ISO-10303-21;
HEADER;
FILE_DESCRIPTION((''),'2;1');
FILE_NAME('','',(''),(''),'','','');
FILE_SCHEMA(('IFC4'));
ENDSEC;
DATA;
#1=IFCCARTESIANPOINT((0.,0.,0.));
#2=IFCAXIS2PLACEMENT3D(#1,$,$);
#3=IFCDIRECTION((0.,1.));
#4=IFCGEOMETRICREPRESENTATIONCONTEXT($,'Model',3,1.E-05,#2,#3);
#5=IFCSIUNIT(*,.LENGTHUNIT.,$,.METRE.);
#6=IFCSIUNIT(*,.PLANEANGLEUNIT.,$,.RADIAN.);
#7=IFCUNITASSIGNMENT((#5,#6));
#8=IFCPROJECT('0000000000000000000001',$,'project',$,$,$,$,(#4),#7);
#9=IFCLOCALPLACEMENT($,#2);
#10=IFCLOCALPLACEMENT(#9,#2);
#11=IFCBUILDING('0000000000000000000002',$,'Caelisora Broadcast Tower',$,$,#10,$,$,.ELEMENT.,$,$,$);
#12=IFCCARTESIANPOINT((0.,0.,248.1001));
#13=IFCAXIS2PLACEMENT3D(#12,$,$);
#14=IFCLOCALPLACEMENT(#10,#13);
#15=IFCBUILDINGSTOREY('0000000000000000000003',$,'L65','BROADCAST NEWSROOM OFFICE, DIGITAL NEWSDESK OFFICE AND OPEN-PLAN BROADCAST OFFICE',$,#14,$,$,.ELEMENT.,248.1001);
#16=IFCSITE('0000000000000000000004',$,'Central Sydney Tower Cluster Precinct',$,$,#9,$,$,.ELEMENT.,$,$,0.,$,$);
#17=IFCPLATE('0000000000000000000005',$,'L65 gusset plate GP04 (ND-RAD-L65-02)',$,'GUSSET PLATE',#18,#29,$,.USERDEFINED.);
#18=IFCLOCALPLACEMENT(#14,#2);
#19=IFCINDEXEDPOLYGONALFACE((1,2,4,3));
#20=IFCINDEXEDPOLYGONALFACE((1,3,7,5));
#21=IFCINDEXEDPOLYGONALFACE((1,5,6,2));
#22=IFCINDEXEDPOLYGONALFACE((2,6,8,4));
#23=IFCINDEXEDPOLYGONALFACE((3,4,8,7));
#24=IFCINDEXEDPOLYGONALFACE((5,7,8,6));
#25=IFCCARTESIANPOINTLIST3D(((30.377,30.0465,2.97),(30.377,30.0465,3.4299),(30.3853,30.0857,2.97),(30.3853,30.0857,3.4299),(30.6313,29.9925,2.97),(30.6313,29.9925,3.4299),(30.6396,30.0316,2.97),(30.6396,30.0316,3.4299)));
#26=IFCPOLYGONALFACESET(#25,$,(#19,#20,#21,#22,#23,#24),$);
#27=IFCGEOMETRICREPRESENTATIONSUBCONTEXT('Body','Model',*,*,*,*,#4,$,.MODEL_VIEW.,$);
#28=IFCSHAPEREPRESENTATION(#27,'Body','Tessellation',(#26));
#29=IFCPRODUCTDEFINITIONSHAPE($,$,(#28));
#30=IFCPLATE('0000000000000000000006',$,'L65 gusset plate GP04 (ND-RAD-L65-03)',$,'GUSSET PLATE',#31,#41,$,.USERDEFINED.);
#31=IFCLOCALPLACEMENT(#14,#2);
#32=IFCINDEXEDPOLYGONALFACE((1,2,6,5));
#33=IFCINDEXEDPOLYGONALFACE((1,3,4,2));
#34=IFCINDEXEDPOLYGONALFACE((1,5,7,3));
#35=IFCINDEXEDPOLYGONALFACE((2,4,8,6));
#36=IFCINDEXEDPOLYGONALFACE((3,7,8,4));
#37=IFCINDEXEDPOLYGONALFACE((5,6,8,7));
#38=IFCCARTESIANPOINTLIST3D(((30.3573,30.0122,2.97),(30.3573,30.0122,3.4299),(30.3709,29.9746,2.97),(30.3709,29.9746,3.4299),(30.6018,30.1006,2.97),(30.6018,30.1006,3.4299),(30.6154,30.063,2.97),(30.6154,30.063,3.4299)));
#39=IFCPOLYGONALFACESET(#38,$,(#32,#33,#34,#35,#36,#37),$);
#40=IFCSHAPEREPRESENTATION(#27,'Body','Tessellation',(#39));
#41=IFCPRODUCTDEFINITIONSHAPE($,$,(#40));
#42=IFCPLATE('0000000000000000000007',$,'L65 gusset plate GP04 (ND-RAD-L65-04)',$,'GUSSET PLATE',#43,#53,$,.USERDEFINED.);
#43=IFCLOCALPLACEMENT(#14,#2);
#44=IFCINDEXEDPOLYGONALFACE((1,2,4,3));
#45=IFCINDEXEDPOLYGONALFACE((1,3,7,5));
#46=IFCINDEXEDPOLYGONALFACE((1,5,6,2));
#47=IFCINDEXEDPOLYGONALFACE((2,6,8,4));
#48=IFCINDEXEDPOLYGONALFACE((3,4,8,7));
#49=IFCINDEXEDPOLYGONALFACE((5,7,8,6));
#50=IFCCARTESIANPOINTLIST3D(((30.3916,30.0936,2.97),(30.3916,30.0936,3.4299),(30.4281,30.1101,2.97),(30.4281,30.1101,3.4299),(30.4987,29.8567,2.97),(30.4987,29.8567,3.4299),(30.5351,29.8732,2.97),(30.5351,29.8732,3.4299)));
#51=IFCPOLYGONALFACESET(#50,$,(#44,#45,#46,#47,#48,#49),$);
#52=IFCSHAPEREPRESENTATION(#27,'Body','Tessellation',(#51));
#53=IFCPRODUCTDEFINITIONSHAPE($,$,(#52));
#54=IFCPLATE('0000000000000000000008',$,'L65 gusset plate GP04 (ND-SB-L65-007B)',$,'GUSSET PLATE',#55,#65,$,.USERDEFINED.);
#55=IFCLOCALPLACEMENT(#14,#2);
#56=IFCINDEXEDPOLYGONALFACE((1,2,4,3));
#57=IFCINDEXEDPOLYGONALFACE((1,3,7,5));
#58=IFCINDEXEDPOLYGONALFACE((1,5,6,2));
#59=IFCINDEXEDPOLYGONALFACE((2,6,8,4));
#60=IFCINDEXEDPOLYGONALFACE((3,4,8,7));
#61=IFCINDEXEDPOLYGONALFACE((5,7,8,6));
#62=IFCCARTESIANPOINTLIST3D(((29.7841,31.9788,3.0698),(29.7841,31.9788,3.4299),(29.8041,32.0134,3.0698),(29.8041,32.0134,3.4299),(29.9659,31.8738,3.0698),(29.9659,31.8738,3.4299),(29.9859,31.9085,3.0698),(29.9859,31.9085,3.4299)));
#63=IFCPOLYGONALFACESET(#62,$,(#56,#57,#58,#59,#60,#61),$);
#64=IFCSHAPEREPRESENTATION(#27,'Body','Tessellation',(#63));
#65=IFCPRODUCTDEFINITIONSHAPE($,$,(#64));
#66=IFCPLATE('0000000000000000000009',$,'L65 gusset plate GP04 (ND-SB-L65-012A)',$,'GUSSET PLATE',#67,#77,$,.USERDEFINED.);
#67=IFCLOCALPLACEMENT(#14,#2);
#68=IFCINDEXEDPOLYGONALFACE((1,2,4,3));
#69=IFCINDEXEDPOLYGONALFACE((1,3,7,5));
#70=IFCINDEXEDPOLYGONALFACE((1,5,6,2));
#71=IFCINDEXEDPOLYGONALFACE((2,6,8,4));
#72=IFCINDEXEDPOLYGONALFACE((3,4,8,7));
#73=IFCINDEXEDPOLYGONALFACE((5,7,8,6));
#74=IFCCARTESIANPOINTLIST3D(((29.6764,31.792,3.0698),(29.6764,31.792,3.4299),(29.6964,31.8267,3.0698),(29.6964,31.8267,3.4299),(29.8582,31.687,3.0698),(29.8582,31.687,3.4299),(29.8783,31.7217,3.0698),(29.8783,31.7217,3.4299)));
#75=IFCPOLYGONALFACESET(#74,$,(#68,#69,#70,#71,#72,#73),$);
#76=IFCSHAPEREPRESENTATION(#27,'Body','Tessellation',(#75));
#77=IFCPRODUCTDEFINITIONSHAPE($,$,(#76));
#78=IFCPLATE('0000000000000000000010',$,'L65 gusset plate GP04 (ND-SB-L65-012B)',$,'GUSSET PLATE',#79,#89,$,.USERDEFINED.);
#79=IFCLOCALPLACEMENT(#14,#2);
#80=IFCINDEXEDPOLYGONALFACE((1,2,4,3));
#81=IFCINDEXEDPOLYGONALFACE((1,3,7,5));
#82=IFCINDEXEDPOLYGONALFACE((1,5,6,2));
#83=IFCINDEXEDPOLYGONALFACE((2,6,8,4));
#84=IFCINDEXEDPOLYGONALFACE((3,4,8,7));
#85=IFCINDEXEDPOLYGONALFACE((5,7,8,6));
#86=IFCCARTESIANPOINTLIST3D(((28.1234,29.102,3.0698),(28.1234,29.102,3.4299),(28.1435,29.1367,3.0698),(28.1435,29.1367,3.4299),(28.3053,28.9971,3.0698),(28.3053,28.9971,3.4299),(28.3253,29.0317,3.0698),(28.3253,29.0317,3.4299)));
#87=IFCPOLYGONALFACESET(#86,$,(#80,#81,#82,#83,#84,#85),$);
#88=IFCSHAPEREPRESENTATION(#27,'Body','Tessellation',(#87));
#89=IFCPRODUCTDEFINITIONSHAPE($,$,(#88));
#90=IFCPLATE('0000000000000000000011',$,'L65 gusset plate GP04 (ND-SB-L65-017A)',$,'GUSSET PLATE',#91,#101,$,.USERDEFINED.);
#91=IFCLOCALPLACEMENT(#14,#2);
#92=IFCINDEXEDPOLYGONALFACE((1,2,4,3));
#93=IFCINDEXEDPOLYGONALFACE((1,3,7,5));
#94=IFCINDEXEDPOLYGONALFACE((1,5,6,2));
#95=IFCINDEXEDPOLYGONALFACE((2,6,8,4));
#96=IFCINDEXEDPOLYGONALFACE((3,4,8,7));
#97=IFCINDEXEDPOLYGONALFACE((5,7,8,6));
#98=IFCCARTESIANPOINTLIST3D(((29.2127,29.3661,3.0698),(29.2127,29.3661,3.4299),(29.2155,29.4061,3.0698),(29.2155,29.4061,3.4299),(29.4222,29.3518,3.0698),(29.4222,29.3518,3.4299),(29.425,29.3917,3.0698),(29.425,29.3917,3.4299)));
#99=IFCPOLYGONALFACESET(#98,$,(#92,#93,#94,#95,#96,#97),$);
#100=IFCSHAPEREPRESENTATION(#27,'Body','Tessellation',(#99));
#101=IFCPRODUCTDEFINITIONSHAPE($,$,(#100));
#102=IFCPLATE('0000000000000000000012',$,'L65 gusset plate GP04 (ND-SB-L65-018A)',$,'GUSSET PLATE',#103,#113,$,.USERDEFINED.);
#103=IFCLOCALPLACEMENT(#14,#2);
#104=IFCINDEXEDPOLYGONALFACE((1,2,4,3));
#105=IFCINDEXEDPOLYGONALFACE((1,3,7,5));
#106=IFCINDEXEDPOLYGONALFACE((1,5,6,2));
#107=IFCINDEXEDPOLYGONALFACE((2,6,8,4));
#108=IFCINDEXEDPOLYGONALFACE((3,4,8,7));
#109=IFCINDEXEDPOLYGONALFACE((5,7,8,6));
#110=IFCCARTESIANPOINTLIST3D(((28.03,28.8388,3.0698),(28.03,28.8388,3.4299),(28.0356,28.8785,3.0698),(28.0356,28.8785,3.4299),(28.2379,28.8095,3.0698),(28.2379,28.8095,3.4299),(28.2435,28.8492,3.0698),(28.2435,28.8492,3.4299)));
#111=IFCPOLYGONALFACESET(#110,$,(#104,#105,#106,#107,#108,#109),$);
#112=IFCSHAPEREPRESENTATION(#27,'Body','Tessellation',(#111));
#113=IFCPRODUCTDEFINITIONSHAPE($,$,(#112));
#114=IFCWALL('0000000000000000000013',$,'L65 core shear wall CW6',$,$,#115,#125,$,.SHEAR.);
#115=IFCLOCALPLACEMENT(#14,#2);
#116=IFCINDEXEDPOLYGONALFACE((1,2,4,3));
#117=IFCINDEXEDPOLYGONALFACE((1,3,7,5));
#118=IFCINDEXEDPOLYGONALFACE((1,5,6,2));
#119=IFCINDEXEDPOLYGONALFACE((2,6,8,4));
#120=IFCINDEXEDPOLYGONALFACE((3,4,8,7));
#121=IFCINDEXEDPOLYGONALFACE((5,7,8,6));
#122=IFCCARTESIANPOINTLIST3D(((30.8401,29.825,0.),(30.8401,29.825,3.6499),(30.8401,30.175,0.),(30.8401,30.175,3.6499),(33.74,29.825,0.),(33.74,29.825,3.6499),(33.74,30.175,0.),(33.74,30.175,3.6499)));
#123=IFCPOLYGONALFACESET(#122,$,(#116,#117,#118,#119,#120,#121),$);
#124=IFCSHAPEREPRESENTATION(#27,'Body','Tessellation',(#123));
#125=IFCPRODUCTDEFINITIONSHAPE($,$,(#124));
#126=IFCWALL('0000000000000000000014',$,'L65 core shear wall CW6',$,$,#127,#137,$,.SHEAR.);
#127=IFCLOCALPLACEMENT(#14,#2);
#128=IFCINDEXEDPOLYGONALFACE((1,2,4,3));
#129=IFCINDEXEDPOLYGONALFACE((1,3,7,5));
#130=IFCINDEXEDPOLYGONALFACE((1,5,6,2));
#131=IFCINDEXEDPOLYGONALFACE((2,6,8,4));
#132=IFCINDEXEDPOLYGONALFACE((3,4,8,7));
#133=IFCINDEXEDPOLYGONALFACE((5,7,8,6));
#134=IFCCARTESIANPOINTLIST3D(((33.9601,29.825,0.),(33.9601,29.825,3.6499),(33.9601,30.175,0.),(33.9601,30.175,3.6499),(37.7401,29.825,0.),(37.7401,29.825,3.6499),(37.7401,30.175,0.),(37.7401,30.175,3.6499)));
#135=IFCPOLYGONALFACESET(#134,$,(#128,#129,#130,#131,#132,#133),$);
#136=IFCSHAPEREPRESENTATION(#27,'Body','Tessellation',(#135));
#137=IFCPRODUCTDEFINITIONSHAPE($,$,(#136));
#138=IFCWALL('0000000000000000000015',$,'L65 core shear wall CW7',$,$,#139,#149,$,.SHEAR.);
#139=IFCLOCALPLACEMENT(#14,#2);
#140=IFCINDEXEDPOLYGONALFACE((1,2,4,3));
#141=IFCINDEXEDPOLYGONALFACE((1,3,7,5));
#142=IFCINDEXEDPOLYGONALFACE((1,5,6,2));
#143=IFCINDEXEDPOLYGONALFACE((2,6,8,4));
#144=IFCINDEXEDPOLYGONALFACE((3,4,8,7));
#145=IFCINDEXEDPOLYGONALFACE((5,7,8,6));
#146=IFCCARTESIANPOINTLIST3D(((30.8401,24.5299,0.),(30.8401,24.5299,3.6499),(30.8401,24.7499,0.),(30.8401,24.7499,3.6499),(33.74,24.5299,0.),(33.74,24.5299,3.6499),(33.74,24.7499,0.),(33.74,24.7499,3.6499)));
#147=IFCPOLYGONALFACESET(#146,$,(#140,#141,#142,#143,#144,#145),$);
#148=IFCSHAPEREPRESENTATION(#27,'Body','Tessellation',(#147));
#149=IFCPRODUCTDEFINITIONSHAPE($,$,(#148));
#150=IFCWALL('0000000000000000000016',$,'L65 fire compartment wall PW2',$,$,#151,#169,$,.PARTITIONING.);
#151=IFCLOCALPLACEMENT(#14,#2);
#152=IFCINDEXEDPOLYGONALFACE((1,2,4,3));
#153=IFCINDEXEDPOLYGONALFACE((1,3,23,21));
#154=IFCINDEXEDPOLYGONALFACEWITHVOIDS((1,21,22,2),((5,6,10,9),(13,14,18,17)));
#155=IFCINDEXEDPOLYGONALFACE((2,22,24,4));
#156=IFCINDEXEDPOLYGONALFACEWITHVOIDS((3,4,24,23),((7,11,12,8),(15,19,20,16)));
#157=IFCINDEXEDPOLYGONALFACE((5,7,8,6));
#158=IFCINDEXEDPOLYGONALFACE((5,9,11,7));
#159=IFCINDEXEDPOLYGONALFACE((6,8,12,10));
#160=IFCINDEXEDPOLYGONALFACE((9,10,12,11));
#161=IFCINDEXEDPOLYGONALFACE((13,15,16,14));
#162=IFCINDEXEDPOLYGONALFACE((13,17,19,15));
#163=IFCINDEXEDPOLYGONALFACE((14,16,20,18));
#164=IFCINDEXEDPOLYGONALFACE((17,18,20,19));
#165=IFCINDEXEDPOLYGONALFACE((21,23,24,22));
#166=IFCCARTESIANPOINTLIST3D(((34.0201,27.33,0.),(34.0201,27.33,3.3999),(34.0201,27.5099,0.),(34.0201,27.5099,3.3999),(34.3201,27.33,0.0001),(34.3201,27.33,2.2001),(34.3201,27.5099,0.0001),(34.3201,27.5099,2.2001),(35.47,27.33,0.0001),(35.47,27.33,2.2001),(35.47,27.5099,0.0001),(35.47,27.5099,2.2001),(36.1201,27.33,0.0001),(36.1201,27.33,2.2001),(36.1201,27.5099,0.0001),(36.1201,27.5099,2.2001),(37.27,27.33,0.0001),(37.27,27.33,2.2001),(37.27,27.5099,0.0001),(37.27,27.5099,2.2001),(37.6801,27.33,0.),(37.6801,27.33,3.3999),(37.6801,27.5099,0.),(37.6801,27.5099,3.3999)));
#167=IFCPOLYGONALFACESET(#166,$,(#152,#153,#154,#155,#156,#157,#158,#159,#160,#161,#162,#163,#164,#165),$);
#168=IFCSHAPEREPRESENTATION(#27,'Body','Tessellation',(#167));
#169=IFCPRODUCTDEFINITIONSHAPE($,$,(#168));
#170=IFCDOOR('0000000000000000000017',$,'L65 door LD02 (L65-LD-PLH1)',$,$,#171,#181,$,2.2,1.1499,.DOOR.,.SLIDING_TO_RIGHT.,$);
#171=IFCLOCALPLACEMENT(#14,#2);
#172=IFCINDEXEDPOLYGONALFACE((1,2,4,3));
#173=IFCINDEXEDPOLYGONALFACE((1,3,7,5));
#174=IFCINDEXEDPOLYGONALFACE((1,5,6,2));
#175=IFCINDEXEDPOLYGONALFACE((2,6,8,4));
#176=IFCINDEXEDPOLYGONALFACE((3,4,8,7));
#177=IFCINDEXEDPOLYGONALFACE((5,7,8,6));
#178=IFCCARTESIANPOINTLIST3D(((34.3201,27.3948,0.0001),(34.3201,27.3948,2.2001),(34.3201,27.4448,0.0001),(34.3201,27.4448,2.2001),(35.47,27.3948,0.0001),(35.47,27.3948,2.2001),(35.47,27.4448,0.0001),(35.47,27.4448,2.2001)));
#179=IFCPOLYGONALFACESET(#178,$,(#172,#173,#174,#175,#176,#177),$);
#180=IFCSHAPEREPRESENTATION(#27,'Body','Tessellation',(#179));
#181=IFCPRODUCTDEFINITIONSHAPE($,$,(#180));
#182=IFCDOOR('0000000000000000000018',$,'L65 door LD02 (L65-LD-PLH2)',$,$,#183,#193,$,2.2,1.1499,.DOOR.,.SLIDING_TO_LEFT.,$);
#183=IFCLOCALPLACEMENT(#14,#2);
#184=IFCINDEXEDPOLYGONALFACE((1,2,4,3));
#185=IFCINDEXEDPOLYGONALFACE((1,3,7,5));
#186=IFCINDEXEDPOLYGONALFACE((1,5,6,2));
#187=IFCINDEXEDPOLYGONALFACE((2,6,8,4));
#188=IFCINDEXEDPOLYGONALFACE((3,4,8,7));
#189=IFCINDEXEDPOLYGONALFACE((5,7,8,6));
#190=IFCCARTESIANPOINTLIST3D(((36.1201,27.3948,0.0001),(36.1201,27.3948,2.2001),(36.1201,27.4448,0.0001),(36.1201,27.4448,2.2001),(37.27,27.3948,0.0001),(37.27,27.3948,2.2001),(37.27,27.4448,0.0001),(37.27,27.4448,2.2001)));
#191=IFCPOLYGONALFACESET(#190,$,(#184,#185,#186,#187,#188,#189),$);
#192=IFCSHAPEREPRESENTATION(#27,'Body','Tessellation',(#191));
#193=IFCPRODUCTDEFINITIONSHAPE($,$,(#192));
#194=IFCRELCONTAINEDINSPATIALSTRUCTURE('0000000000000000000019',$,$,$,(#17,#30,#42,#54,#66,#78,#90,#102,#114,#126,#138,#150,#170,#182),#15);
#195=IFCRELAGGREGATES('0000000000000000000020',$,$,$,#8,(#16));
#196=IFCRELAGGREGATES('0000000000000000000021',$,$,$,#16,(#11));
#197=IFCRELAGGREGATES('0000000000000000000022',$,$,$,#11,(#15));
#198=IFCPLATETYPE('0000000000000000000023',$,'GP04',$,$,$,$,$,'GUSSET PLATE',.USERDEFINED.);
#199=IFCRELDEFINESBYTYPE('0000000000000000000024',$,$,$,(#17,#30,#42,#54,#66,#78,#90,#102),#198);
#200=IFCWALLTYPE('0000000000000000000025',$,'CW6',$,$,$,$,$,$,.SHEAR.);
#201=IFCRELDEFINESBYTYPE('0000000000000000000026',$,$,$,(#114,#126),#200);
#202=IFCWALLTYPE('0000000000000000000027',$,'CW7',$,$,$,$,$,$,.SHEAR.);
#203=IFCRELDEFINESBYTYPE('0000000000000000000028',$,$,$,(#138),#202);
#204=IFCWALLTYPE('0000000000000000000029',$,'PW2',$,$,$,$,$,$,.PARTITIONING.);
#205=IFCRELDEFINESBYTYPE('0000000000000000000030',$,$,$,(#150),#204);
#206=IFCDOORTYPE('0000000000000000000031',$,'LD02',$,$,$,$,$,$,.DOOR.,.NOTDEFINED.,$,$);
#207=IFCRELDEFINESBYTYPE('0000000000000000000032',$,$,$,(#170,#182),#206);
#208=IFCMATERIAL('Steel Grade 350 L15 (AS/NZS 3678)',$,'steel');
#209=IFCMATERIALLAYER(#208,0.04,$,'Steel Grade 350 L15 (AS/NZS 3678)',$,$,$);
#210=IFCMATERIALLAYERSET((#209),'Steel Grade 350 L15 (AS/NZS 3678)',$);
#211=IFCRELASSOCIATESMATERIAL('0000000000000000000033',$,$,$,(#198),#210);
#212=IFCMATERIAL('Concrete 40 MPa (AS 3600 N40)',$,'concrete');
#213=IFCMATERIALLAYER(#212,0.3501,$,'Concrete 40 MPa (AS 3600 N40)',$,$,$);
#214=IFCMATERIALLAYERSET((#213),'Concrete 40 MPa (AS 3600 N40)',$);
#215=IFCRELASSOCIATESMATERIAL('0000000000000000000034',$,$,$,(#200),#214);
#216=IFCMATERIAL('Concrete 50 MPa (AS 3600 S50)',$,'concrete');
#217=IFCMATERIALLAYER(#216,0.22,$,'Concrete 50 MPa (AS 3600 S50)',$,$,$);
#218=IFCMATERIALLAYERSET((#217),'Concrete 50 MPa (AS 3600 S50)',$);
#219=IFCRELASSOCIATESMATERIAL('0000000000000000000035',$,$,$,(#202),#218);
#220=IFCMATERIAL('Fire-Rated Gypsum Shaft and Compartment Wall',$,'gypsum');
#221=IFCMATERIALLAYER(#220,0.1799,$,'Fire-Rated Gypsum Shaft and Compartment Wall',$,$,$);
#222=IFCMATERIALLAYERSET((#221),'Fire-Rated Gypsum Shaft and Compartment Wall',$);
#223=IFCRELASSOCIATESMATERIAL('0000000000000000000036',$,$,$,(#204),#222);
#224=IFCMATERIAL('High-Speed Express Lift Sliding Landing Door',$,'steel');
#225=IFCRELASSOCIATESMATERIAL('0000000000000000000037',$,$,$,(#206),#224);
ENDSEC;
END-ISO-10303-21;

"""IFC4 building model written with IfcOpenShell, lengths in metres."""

from ifc_helpers import new_model, si_unit, direction, frame, frame_2d, origin, origin_2d, place, context, subcontext, project, spatial, rectangle, extrude, source, transform, mapped, material, layer, layer_set, type_object, type_shapes, element, fill, save


model = new_model("IFC4")

# Units and contexts
model_context = context("Model", 3, precision=1e-05, world=origin(), true_north=direction((0.0, 1.0)))
body_context = subcontext(model_context, "Body", "Model", "MODEL_VIEW")
ifc_project = project(units=[si_unit("LENGTHUNIT", "METRE"), si_unit("PLANEANGLEUNIT", "RADIAN")], contexts=[model_context])

# Site, building, storey
site_placement = place(None, origin())
site = spatial("IfcSite", under=ifc_project, at=site_placement, Name="Central Sydney Tower Cluster Precinct", CompositionType="ELEMENT", RefElevation=0.0)
building_placement = place(site_placement, origin())
building = spatial("IfcBuilding", under=site, at=building_placement, Name="Caelisora Broadcast Tower", CompositionType="ELEMENT")
storey_placement = place(building_placement, frame((0.0, 0.0, 248.1001)))
storey = spatial("IfcBuildingStorey", under=building, at=storey_placement, Name="L65", Description="BROADCAST NEWSROOM OFFICE, DIGITAL NEWSDESK OFFICE AND OPEN-PLAN BROADCAST OFFICE", CompositionType="ELEMENT", Elevation=248.1001)

# Plates
ifc_material_1 = material(Name="Steel Grade 350 L15 (AS/NZS 3678)", Category="steel")
ifc_layer_1 = layer(ifc_material_1, 0.04, Name="Steel Grade 350 L15 (AS/NZS 3678)")
ifc_layer_set_1 = layer_set([ifc_layer_1], Name="Steel Grade 350 L15 (AS/NZS 3678)")
plate_type = type_object("IfcPlateType", Name="GP04", ElementType="GUSSET PLATE", PredefinedType="USERDEFINED", material=ifc_layer_set_1)
shared_shape_1 = source(origin(), body_context, "Body", "SweptSolid", [
    extrude(rectangle(XDim=0.26, YDim=0.04, at=origin_2d()), origin(), (0.0, 0.0, 1.0), 0.46),
])
for number, where, z_axis, x_axis, name in (
    (1, (30.5083, 30.0391, 2.97), (0.0, 0.0, 1.0), (-0.978148, 0.207912, 0.0), "L65 gusset plate GP04 (ND-RAD-L65-02)"),
    (2, (30.4863, 30.0376, 2.97), (0.0, 0.0, 1.0), (-0.940466, -0.339887, 0.0), "L65 gusset plate GP04 (ND-RAD-L65-03)"),
    (3, (30.4634, 29.9834, 2.97), (0.0, 0.0, 1.0), (0.411673, -0.911331, 0.0), "L65 gusset plate GP04 (ND-RAD-L65-04)"),
):
    element("IfcPlate", number, at=place(storey_placement, frame(where, z_axis=z_axis, x_axis=x_axis)), inside=storey, type_object=plate_type, Name=name, ObjectType="GUSSET PLATE", PredefinedType="USERDEFINED", context=body_context, shape_type="MappedRepresentation", body=[
        mapped(shared_shape_1, transform((0.0, 0.0, 0.0), scale=1.0)),
    ])
shared_shape_2 = source(origin(), body_context, "Body", "SweptSolid", [
    extrude(rectangle(XDim=0.21, YDim=0.04, at=origin_2d()), origin(), (0.0, 0.0, 1.0), 0.3601),
])
type_shapes(plate_type, [shared_shape_1, shared_shape_2])
for number, where, z_axis, x_axis, name in (
    (4, (29.885, 31.9436, 3.0698), (0.0, 0.0, 1.0), (0.866025, -0.5, 0.0), "L65 gusset plate GP04 (ND-SB-L65-007B)"),
    (5, (29.7773, 31.7568, 3.0698), (0.0, 0.0, 1.0), (0.866025, -0.5, 0.0), "L65 gusset plate GP04 (ND-SB-L65-012A)"),
    (6, (28.2244, 29.0669, 3.0698), (0.0, 0.0, 1.0), (0.866025, -0.5, 0.0), "L65 gusset plate GP04 (ND-SB-L65-012B)"),
    (7, (29.3188, 29.3789, 3.0698), (0.0, 0.0, 1.0), (0.99766, -0.068364, 0.0), "L65 gusset plate GP04 (ND-SB-L65-017A)"),
    (8, (28.1367, 28.844, 3.0698), (0.0, 0.0, 1.0), (0.990195, -0.139692, 0.0), "L65 gusset plate GP04 (ND-SB-L65-018A)"),
):
    element("IfcPlate", number, at=place(storey_placement, frame(where, z_axis=z_axis, x_axis=x_axis)), inside=storey, type_object=plate_type, Name=name, ObjectType="GUSSET PLATE", PredefinedType="USERDEFINED", context=body_context, shape_type="MappedRepresentation", body=[
        mapped(shared_shape_2, transform((0.0, 0.0, 0.0), scale=1.0)),
    ])

# Walls
ifc_material_2 = material(Name="Concrete 40 MPa (AS 3600 N40)", Category="concrete")
ifc_layer_2 = layer(ifc_material_2, 0.3501, Name="Concrete 40 MPa (AS 3600 N40)")
ifc_layer_set_2 = layer_set([ifc_layer_2], Name="Concrete 40 MPa (AS 3600 N40)")
wall_type_1 = type_object("IfcWallType", Name="CW6", PredefinedType="SHEAR", material=ifc_layer_set_2)
wall_1_placement = place(storey_placement, frame((30.8401, 30.0, 0.0), z_axis=(0.0, 0.0, 1.0), x_axis=(1.0, 0.0, 0.0)))
element("IfcWall", 9, at=wall_1_placement, inside=storey, type_object=wall_type_1, Name="L65 core shear wall CW6", PredefinedType="SHEAR", context=body_context, shape_type="SweptSolid", body=[
    extrude(rectangle(XDim=2.8999, YDim=0.3501, at=frame_2d((1.45, 0.0))), origin(), (0.0, 0.0, 1.0), 3.6499),
])
wall_2_placement = place(storey_placement, frame((33.96, 30.0, 0.0), z_axis=(0.0, 0.0, 1.0), x_axis=(1.0, 0.0, 0.0)))
element("IfcWall", 10, at=wall_2_placement, inside=storey, type_object=wall_type_1, Name="L65 core shear wall CW6", PredefinedType="SHEAR", context=body_context, shape_type="SweptSolid", body=[
    extrude(rectangle(XDim=3.78, YDim=0.3501, at=frame_2d((1.8901, 0.0))), origin(), (0.0, 0.0, 1.0), 3.6499),
])
ifc_material_3 = material(Name="Concrete 50 MPa (AS 3600 S50)", Category="concrete")
ifc_layer_3 = layer(ifc_material_3, 0.22, Name="Concrete 50 MPa (AS 3600 S50)")
ifc_layer_set_3 = layer_set([ifc_layer_3], Name="Concrete 50 MPa (AS 3600 S50)")
wall_type_2 = type_object("IfcWallType", Name="CW7", PredefinedType="SHEAR", material=ifc_layer_set_3)
wall_3_placement = place(storey_placement, frame((30.8401, 24.6399, 0.0), z_axis=(0.0, 0.0, 1.0), x_axis=(1.0, 0.0, 0.0)))
element("IfcWall", 11, at=wall_3_placement, inside=storey, type_object=wall_type_2, Name="L65 core shear wall CW7", PredefinedType="SHEAR", context=body_context, shape_type="SweptSolid", body=[
    extrude(rectangle(XDim=2.8999, YDim=0.22, at=frame_2d((1.45, 0.0))), origin(), (0.0, 0.0, 1.0), 3.6499),
])

# Wall, openings, doors
ifc_material_4 = material(Name="Fire-Rated Gypsum Shaft and Compartment Wall", Category="gypsum")
ifc_layer_4 = layer(ifc_material_4, 0.1799, Name="Fire-Rated Gypsum Shaft and Compartment Wall")
ifc_layer_set_4 = layer_set([ifc_layer_4], Name="Fire-Rated Gypsum Shaft and Compartment Wall")
wall_type_3 = type_object("IfcWallType", Name="PW2", PredefinedType="PARTITIONING", material=ifc_layer_set_4)
wall_4_placement = place(storey_placement, frame((34.02, 27.4199, 0.0), z_axis=(0.0, 0.0, 1.0), x_axis=(1.0, 0.0, 0.0)))
wall_4 = element("IfcWall", 12, at=wall_4_placement, inside=storey, type_object=wall_type_3, Name="L65 fire compartment wall PW2", PredefinedType="PARTITIONING", context=body_context, shape_type="SweptSolid", body=[
    extrude(rectangle(XDim=3.6599, YDim=0.1799, at=frame_2d((1.8301, 0.0))), origin(), (0.0, 0.0, 1.0), 3.3999),
])
opening_1_placement = place(wall_4_placement, frame((0.3, 0.0, 0.0)))
opening_1 = element("IfcOpeningElement", 13, at=opening_1_placement, cuts=wall_4, PredefinedType="OPENING", context=body_context, shape_type="SweptSolid", body=[
    extrude(rectangle(XDim=1.1499, YDim=2.2, at=frame_2d((0.575, 1.1001))), frame((0.0, 0.1021, 0.0), z_axis=(0.0, -1.0, 0.0), x_axis=(1.0, 0.0, 0.0)), (0.0, 0.0, 1.0), 0.2039),
])
opening_2_placement = place(wall_4_placement, frame((2.1001, 0.0, 0.0)))
opening_2 = element("IfcOpeningElement", 14, at=opening_2_placement, cuts=wall_4, PredefinedType="OPENING", context=body_context, shape_type="SweptSolid", body=[
    extrude(rectangle(XDim=1.1499, YDim=2.2, at=frame_2d((0.575, 1.1001))), frame((0.0, 0.1021, 0.0), z_axis=(0.0, -1.0, 0.0), x_axis=(1.0, 0.0, 0.0)), (0.0, 0.0, 1.0), 0.2039),
])
ifc_material_5 = material(Name="High-Speed Express Lift Sliding Landing Door", Category="steel")
door_type = type_object("IfcDoorType", Name="LD02", OperationType="NOTDEFINED", PredefinedType="DOOR", material=ifc_material_5)
door_1_placement = place(opening_1_placement, origin())
door_1 = element("IfcDoor", 15, at=door_1_placement, inside=storey, type_object=door_type, Name="L65 door LD02 (L65-LD-PLH1)", OperationType="SLIDING_TO_RIGHT", OverallHeight=2.2, OverallWidth=1.1499, PredefinedType="DOOR", context=body_context, shape_type="SweptSolid", body=[
    extrude(rectangle(XDim=1.1499, YDim=2.2, at=frame_2d((0.575, 1.1001))), frame((0.0, 0.0249, 0.0), z_axis=(0.0, -1.0, 0.0), x_axis=(1.0, 0.0, 0.0)), (0.0, 0.0, 1.0), 0.05),
])
fill(opening_1, door_1)
door_2_placement = place(opening_2_placement, origin())
door_2 = element("IfcDoor", 16, at=door_2_placement, inside=storey, type_object=door_type, Name="L65 door LD02 (L65-LD-PLH2)", OperationType="SLIDING_TO_LEFT", OverallHeight=2.2, OverallWidth=1.1499, PredefinedType="DOOR", context=body_context, shape_type="SweptSolid", body=[
    extrude(rectangle(XDim=1.1499, YDim=2.2, at=frame_2d((0.575, 1.1001))), frame((0.0, 0.0249, 0.0), z_axis=(0.0, -1.0, 0.0), x_axis=(1.0, 0.0, 0.0)), (0.0, 0.0, 1.0), 0.05),
])
fill(opening_2, door_2)

save(model, "model.ifc")
